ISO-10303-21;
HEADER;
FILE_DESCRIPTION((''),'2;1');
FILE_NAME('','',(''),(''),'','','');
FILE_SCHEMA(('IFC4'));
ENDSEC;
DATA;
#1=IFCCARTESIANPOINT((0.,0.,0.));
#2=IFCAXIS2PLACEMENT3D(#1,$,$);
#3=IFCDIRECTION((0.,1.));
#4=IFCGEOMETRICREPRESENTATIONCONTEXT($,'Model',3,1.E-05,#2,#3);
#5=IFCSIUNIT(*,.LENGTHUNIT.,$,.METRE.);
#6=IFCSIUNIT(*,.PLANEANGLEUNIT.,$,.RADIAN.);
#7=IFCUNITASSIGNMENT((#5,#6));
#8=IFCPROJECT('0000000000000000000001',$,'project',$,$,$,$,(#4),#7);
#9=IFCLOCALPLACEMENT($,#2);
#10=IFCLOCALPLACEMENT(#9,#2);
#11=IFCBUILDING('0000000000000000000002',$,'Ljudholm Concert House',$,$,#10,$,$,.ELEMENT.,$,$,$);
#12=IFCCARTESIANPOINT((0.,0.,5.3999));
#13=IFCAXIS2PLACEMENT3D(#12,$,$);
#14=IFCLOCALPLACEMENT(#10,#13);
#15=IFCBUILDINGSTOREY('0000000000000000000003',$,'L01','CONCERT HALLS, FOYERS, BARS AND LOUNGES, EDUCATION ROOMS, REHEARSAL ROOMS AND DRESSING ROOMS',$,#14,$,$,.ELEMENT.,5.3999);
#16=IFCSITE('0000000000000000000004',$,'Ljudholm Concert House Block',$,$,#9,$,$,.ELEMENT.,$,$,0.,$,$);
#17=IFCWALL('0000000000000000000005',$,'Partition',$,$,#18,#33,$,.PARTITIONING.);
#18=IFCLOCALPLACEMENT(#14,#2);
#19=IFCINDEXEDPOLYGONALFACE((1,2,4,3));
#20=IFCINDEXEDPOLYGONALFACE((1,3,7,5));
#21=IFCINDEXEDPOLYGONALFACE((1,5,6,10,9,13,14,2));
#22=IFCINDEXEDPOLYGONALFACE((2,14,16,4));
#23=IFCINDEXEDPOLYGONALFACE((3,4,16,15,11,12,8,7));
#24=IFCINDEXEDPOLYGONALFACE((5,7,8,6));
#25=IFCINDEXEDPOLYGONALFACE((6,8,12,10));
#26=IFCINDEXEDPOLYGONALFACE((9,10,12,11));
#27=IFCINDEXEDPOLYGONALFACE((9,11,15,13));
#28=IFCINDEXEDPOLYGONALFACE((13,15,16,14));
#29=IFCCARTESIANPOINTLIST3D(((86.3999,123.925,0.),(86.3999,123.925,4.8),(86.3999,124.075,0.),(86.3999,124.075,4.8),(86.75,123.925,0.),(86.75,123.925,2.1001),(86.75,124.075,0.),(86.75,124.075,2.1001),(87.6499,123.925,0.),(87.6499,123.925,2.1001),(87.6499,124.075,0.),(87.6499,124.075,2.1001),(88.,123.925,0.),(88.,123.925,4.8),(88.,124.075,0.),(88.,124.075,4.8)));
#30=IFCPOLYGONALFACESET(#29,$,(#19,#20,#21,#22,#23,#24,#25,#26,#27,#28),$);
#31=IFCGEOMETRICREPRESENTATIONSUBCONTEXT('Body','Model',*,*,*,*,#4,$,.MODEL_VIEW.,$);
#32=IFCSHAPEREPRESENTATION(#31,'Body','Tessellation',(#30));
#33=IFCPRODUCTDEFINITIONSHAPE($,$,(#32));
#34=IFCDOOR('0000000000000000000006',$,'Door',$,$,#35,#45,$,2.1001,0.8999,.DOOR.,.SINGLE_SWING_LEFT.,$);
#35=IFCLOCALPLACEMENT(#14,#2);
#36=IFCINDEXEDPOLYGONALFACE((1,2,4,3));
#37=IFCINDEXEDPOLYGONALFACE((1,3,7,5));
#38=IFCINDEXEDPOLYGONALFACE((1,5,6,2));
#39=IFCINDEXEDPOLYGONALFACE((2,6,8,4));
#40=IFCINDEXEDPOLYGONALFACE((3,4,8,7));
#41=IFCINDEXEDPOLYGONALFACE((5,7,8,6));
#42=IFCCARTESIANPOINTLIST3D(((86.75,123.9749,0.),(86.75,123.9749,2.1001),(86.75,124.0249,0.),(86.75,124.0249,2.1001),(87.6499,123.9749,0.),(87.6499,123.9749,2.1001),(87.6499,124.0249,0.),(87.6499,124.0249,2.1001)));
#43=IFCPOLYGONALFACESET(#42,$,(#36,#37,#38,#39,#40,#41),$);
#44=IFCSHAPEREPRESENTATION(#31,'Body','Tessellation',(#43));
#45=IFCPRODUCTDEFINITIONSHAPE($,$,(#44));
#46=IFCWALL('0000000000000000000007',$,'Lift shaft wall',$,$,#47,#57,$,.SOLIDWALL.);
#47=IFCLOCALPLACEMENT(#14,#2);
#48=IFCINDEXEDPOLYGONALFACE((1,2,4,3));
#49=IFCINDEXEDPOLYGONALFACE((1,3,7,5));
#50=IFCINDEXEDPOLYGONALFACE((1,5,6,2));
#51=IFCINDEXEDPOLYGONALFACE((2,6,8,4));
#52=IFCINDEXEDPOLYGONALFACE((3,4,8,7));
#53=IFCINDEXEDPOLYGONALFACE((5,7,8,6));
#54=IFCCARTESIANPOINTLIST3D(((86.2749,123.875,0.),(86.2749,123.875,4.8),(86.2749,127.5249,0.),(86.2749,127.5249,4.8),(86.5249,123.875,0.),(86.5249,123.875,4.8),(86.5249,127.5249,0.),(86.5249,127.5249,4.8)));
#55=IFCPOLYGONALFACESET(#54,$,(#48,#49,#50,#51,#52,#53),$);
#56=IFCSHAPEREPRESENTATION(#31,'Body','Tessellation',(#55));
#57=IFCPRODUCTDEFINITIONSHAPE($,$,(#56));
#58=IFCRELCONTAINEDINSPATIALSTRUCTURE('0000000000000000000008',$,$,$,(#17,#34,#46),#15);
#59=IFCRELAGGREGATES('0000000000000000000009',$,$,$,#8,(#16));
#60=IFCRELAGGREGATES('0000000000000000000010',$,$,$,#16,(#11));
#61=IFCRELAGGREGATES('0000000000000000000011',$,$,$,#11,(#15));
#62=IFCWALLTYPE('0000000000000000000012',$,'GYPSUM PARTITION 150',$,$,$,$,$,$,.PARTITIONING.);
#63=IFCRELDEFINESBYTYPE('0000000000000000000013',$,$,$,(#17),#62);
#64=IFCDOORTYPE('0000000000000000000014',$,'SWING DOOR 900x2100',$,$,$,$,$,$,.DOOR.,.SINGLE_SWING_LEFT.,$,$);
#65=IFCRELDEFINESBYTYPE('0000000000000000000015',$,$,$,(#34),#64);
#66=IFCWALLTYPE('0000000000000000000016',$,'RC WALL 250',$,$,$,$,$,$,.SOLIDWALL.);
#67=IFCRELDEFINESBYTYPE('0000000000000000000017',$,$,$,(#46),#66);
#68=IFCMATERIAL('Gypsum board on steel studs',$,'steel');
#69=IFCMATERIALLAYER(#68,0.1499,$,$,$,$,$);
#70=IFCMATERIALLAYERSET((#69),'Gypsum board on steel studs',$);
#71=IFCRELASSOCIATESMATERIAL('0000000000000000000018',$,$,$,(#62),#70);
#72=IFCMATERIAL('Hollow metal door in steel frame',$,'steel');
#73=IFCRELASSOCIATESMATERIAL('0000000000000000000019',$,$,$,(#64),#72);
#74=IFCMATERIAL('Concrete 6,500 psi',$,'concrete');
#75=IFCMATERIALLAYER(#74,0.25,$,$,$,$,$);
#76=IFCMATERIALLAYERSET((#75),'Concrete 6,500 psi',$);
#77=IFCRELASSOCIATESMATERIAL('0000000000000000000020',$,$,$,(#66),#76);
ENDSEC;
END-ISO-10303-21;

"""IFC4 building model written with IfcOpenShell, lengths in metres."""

from ifc_helpers import new_model, si_unit, direction, frame, frame_2d, origin, place, context, subcontext, project, spatial, rectangle, extrude, material, layer, layer_set, type_object, element, fill, save


model = new_model("IFC4")

# Units and contexts
model_context = context("Model", 3, precision=1e-05, world=origin(), true_north=direction((0.0, 1.0)))
body_context = subcontext(model_context, "Body", "Model", "MODEL_VIEW")
ifc_project = project(units=[si_unit("LENGTHUNIT", "METRE"), si_unit("PLANEANGLEUNIT", "RADIAN")], contexts=[model_context])

# Site, building, storey
site_placement = place(None, origin())
site = spatial("IfcSite", under=ifc_project, at=site_placement, Name="Ljudholm Concert House Block", CompositionType="ELEMENT", RefElevation=0.0)
building_placement = place(site_placement, origin())
building = spatial("IfcBuilding", under=site, at=building_placement, Name="Ljudholm Concert House", CompositionType="ELEMENT")
storey_placement = place(building_placement, frame((0.0, 0.0, 5.3999)))
storey = spatial("IfcBuildingStorey", under=building, at=storey_placement, Name="L01", Description="CONCERT HALLS, FOYERS, BARS AND LOUNGES, EDUCATION ROOMS, REHEARSAL ROOMS AND DRESSING ROOMS", CompositionType="ELEMENT", Elevation=5.3999)

# Shared definitions
ifc_material_1 = material(Name="Gypsum board on steel studs", Category="steel")
ifc_layer_1 = layer(ifc_material_1, 0.1499)
ifc_layer_set_1 = layer_set([ifc_layer_1], Name="Gypsum board on steel studs")
wall_type_1 = type_object("IfcWallType", Name="GYPSUM PARTITION 150", PredefinedType="PARTITIONING", material=ifc_layer_set_1)

# Wall, opening, door
wall_1_placement = place(storey_placement, frame((86.3999, 124.0, 0.0), z_axis=(0.0, 0.0, 1.0), x_axis=(1.0, 0.0, 0.0)))
wall_1 = element("IfcWall", 1, at=wall_1_placement, inside=storey, type_object=wall_type_1, Name="Partition", PredefinedType="PARTITIONING", context=body_context, shape_type="SweptSolid", body=[
    extrude(rectangle(XDim=1.6001, YDim=0.1499, at=frame_2d((0.8, 0.0))), origin(), (0.0, 0.0, 1.0), 4.8),
])
opening_1_placement = place(wall_1_placement, frame((0.3501, 0.0, 0.0)))
opening_1 = element("IfcOpeningElement", 2, at=opening_1_placement, cuts=wall_1, PredefinedType="OPENING", context=body_context, shape_type="SweptSolid", body=[
    extrude(rectangle(XDim=0.8999, YDim=2.1001, at=frame_2d((0.45, 1.05))), frame((0.0, 0.085, 0.0), z_axis=(0.0, -1.0, 0.0), x_axis=(1.0, 0.0, 0.0)), (0.0, 0.0, 1.0), 0.1699),
])
ifc_material_2 = material(Name="Hollow metal door in steel frame", Category="steel")
door_type_1 = type_object("IfcDoorType", Name="SWING DOOR 900x2100", OperationType="SINGLE_SWING_LEFT", PredefinedType="DOOR", material=ifc_material_2)
door_1_placement = place(opening_1_placement, origin())
door_1 = element("IfcDoor", 3, at=door_1_placement, inside=storey, type_object=door_type_1, Name="Door", OperationType="SINGLE_SWING_LEFT", OverallHeight=2.1001, OverallWidth=0.8999, PredefinedType="DOOR", context=body_context, shape_type="SweptSolid", body=[
    extrude(rectangle(XDim=0.8999, YDim=2.1001, at=frame_2d((0.45, 1.05))), frame((0.0, 0.0249, 0.0), z_axis=(0.0, -1.0, 0.0), x_axis=(1.0, 0.0, 0.0)), (0.0, 0.0, 1.0), 0.05),
])
fill(opening_1, door_1)

# Wall
ifc_material_3 = material(Name="Concrete 6,500 psi", Category="concrete")
ifc_layer_2 = layer(ifc_material_3, 0.25)
ifc_layer_set_2 = layer_set([ifc_layer_2], Name="Concrete 6,500 psi")
wall_type_2 = type_object("IfcWallType", Name="RC WALL 250", PredefinedType="SOLIDWALL", material=ifc_layer_set_2)
wall_2_placement = place(storey_placement, frame((86.3999, 123.875, 0.0), z_axis=(0.0, 0.0, 1.0), x_axis=(0.0, 1.0, 0.0)))
element("IfcWall", 4, at=wall_2_placement, inside=storey, type_object=wall_type_2, Name="Lift shaft wall", PredefinedType="SOLIDWALL", context=body_context, shape_type="SweptSolid", body=[
    extrude(rectangle(XDim=3.6499, YDim=0.25, at=frame_2d((1.825, 0.0))), origin(), (0.0, 0.0, 1.0), 4.8),
])

save(model, "model.ifc")
